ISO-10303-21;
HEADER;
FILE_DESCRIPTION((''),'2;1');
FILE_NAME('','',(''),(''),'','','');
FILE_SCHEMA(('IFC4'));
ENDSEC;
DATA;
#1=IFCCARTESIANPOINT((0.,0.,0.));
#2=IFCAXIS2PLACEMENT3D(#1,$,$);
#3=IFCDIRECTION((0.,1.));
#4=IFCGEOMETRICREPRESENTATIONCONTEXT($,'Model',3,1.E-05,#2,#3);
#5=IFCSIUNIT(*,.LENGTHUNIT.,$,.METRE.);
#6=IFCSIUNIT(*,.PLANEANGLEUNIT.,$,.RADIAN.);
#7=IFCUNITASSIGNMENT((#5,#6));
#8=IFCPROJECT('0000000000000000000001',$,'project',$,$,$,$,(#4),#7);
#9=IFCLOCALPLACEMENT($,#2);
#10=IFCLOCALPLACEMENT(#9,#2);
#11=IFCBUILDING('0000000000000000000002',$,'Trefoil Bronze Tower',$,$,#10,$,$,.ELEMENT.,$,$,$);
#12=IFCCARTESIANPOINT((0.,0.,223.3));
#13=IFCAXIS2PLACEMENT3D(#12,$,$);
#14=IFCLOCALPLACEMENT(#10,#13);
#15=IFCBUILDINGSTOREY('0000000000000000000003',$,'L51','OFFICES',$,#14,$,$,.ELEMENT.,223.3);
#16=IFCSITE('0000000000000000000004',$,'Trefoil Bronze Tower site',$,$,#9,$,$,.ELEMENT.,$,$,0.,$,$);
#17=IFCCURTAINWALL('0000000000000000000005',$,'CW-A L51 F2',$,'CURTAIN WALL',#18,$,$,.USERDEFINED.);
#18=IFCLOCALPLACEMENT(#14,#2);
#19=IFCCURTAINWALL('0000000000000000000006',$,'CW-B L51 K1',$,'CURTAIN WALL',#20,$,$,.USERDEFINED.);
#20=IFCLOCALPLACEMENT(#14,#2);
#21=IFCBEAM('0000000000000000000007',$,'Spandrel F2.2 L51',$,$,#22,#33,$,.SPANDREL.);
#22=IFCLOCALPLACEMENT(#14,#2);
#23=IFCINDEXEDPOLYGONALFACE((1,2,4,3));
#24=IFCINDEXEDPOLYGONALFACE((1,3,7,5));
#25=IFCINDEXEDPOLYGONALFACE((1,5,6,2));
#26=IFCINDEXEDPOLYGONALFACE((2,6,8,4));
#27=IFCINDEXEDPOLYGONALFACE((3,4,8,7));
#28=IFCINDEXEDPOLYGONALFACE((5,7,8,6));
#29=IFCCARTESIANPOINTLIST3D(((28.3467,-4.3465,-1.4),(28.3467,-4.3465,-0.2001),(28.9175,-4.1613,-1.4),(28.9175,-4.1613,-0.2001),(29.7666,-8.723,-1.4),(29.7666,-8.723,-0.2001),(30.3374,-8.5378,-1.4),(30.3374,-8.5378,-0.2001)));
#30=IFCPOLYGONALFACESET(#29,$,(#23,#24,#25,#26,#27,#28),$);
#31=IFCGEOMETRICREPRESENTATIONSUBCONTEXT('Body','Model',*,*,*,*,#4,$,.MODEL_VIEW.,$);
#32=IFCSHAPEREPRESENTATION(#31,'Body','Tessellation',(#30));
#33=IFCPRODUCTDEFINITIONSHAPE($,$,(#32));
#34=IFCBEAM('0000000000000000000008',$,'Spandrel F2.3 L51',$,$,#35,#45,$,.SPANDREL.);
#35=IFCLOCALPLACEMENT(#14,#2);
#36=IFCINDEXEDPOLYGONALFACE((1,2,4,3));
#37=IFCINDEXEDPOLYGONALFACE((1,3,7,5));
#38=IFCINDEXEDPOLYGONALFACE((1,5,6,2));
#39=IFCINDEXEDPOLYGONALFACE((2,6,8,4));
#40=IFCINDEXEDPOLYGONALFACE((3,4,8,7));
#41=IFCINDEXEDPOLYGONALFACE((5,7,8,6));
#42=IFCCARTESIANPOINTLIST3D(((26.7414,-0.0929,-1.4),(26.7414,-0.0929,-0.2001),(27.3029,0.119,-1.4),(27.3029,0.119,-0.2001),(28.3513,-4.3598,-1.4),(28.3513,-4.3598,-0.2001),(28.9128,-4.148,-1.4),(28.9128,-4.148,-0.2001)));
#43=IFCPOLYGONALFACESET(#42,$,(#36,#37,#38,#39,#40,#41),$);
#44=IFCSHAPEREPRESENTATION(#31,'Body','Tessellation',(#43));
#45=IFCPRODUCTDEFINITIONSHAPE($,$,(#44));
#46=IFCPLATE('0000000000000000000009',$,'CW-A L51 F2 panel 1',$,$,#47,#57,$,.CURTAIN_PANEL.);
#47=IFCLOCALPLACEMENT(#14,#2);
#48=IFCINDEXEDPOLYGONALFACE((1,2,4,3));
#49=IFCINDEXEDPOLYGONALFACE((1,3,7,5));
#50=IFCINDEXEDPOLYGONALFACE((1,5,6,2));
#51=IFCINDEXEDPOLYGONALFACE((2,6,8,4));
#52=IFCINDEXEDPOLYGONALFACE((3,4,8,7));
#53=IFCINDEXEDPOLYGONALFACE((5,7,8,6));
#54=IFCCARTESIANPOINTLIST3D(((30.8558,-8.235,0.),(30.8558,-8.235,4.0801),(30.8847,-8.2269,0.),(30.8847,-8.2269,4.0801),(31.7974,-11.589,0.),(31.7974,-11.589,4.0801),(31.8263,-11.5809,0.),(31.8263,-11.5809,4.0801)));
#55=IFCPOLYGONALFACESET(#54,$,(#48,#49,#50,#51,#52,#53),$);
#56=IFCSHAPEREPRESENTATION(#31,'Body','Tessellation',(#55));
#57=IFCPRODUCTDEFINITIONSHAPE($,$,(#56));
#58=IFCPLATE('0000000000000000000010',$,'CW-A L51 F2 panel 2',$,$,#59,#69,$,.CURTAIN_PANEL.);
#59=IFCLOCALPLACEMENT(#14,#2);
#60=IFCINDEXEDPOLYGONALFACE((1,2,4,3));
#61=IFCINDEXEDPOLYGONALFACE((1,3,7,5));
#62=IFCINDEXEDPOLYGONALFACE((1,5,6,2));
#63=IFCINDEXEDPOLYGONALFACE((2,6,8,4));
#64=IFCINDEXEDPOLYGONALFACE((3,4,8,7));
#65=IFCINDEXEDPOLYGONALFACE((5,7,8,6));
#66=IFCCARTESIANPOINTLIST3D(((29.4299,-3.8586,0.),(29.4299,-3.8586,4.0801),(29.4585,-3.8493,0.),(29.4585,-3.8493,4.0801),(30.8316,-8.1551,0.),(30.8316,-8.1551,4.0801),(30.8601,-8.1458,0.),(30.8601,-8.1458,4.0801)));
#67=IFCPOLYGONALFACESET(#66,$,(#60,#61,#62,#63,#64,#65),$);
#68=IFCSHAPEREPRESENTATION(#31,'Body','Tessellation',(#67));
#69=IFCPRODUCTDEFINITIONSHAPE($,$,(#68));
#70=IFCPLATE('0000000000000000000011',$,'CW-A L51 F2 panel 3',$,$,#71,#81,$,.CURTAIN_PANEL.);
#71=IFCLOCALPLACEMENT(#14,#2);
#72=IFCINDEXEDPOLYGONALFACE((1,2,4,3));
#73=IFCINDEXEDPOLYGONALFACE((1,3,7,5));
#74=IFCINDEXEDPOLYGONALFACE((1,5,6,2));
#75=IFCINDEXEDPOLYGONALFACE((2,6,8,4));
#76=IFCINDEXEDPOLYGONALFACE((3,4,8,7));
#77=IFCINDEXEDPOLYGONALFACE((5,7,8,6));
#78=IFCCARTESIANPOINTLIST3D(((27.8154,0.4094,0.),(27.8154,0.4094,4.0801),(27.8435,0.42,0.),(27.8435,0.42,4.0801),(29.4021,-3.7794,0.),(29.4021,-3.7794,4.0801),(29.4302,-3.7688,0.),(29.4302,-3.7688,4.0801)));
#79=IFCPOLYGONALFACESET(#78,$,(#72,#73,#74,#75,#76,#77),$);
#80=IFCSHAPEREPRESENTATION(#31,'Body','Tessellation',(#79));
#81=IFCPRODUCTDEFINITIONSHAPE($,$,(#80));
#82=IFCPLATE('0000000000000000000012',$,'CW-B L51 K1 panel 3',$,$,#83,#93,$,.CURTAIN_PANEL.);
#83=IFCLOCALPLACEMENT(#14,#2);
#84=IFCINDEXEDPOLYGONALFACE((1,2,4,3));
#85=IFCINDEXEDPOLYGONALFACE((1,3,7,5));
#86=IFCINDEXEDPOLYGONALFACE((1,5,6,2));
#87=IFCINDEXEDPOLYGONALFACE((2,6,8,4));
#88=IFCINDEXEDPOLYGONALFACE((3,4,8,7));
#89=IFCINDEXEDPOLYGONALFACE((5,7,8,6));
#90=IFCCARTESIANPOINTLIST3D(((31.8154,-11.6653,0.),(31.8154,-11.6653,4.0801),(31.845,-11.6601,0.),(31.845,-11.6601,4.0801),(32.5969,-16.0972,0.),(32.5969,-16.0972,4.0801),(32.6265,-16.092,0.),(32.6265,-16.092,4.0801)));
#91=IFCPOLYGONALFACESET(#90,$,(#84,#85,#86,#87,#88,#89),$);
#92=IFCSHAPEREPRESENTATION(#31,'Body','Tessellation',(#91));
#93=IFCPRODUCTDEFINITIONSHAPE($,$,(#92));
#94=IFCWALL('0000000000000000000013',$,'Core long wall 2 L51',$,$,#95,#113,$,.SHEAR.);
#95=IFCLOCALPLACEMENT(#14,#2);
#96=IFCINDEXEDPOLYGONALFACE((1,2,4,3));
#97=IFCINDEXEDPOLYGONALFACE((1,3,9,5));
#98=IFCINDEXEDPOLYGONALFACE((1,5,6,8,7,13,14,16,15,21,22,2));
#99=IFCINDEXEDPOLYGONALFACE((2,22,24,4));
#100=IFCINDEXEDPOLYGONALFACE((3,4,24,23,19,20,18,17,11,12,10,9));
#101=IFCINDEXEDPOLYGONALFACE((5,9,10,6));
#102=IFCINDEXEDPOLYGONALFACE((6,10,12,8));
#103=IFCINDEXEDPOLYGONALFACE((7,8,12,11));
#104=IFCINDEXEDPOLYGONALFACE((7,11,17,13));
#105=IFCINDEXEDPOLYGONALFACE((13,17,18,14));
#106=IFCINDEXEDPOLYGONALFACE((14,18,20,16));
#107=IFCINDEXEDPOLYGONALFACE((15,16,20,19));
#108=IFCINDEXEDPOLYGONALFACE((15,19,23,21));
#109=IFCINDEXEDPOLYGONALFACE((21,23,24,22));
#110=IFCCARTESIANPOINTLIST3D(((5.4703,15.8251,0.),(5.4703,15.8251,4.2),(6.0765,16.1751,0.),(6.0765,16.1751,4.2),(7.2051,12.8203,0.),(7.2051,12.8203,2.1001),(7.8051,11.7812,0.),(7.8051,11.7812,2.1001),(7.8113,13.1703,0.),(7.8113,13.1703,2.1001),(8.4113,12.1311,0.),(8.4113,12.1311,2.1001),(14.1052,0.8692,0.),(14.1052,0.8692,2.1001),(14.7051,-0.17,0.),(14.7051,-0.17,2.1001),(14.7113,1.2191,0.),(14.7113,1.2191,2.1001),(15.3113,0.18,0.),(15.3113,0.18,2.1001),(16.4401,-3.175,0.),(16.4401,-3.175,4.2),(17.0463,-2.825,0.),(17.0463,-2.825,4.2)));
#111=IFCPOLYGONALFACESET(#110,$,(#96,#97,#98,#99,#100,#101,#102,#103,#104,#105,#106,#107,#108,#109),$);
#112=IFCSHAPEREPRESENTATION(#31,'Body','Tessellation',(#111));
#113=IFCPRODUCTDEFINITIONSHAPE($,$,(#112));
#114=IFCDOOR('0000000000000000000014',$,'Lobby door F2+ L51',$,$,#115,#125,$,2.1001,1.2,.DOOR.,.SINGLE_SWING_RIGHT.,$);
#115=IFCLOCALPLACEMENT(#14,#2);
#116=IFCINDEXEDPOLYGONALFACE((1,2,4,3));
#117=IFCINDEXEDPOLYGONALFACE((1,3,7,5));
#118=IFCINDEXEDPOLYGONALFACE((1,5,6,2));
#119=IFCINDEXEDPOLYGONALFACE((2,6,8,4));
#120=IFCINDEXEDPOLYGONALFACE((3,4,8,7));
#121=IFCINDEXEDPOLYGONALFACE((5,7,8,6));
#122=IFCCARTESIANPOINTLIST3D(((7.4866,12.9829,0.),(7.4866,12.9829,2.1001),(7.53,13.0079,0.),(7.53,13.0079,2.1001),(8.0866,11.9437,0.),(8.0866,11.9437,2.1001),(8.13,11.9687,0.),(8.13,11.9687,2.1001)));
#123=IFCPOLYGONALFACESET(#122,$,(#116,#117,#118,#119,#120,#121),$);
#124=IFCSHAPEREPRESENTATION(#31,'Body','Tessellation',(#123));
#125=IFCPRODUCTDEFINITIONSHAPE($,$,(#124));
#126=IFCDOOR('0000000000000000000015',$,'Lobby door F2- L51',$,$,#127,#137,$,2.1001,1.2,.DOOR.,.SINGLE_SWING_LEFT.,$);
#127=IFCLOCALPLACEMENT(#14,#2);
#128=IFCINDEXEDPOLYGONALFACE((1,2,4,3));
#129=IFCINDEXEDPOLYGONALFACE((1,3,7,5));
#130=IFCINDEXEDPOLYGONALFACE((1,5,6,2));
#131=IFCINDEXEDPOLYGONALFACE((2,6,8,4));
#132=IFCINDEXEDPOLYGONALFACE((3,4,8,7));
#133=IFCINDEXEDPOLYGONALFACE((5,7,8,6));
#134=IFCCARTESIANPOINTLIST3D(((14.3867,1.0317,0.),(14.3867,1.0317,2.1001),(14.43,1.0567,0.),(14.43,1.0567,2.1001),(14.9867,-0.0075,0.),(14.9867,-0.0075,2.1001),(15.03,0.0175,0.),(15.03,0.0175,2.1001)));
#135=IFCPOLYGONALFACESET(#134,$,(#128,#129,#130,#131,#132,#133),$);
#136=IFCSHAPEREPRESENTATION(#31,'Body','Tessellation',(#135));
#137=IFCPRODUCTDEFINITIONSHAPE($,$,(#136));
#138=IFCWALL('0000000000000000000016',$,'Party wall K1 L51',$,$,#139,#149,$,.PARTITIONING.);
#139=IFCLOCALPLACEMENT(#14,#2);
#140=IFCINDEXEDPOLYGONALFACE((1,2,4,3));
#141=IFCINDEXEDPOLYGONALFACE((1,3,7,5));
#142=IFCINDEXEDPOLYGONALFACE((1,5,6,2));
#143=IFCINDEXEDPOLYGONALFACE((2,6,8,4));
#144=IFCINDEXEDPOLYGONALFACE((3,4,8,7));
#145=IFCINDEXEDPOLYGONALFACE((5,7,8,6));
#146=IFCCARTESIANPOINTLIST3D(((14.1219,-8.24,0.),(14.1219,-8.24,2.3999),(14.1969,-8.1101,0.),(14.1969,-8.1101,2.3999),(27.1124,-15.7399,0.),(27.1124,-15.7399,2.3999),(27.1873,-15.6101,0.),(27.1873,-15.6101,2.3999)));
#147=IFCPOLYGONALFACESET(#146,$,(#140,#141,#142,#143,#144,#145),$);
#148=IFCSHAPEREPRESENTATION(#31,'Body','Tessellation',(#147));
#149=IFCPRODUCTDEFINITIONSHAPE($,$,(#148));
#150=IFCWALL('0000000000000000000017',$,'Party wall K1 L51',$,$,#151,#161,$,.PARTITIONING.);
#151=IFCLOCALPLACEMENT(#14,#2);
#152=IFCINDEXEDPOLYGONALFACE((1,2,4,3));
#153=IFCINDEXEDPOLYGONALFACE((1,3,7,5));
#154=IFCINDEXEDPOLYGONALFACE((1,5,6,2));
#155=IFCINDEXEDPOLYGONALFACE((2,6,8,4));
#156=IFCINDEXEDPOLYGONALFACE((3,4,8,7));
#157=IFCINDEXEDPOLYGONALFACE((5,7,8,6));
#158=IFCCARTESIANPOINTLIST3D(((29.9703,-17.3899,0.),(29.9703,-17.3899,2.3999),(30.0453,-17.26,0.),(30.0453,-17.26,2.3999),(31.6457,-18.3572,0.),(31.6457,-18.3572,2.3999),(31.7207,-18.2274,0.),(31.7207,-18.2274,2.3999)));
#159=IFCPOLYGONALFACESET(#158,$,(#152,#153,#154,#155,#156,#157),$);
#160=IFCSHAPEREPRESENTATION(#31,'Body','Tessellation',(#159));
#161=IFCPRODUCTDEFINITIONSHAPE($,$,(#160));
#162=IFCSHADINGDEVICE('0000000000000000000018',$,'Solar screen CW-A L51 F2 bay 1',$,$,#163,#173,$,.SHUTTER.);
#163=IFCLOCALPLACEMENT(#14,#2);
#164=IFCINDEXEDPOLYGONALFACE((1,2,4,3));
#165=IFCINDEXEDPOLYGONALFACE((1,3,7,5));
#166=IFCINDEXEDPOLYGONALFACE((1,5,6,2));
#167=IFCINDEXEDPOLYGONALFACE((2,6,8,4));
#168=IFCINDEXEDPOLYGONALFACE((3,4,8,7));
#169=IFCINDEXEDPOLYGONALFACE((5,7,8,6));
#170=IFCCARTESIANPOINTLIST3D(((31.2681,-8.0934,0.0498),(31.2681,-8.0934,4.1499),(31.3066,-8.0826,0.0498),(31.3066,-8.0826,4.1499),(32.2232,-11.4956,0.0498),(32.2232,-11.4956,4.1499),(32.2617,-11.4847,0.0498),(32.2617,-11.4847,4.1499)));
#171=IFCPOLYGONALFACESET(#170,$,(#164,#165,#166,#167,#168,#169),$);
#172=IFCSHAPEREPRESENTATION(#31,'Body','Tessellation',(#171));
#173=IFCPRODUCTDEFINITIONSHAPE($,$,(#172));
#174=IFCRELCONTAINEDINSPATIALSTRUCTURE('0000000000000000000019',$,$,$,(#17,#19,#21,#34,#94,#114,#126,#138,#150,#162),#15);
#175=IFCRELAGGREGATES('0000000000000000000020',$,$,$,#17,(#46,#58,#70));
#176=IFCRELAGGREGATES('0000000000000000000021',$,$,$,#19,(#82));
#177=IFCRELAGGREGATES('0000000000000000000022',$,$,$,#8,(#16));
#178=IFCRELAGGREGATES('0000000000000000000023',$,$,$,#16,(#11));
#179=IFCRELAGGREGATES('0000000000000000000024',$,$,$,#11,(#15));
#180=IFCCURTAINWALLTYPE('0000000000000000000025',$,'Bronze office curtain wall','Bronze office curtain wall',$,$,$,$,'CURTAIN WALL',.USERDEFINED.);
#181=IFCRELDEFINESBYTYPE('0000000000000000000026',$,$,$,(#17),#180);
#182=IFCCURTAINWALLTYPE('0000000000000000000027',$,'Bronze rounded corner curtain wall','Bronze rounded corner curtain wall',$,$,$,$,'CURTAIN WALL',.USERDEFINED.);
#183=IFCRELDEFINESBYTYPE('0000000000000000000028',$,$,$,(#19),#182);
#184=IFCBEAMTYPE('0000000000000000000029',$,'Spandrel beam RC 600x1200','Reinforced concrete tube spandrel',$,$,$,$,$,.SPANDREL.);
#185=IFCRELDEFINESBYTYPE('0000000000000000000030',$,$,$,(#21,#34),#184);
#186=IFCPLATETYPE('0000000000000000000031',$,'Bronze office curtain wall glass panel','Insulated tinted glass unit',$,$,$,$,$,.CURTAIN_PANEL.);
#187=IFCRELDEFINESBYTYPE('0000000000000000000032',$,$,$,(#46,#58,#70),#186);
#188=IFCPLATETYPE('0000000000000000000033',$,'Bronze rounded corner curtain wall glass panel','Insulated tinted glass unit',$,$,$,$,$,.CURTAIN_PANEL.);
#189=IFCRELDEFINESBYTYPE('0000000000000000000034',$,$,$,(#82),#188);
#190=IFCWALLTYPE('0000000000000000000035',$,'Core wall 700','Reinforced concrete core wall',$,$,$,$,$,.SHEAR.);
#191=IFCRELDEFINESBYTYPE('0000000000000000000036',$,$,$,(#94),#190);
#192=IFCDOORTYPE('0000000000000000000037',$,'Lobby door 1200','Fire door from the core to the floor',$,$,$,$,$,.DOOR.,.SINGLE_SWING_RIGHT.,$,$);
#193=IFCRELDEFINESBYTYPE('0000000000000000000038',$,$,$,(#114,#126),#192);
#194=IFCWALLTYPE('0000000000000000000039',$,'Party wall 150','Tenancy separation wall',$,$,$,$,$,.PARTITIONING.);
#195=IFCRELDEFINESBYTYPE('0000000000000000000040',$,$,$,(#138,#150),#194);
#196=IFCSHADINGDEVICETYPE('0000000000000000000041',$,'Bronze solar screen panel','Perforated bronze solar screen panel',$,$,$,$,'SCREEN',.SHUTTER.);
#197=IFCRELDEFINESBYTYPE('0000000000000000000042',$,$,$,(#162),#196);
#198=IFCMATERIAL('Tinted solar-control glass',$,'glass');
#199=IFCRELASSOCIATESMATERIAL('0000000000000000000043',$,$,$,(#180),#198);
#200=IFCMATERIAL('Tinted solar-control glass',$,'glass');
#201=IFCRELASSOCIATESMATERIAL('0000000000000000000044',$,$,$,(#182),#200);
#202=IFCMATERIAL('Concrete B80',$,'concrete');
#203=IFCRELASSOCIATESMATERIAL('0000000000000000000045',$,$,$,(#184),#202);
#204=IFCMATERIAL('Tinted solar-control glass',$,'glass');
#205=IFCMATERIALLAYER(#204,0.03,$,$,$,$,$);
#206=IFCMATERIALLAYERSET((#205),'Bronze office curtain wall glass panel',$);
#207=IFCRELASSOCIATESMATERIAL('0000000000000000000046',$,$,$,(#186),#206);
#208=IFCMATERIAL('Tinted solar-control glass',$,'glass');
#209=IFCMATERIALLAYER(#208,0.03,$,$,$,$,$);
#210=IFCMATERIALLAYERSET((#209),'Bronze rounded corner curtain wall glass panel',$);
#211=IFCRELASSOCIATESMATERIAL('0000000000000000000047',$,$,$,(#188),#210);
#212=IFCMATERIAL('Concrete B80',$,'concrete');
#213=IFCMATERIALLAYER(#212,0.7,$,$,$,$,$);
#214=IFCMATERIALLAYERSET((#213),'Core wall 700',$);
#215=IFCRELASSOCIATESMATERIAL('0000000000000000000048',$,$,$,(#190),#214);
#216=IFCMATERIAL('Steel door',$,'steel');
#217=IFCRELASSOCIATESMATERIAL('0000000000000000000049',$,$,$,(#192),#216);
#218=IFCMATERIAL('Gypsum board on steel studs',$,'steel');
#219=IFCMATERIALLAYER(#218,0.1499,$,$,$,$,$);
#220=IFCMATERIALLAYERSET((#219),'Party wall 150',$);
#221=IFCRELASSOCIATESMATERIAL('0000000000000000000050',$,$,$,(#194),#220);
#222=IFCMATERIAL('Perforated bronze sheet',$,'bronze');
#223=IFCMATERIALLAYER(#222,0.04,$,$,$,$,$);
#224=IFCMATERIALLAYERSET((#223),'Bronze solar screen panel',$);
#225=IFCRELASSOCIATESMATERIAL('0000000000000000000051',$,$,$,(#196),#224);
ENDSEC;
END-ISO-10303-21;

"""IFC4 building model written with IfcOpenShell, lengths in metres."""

from ifc_helpers import new_model, si_unit, direction, frame, frame_2d, origin, origin_2d, place, context, subcontext, project, spatial, rectangle, extrude, material, layer, layer_set, material_profile, profile_set, type_object, element, fill, aggregate, save


model = new_model("IFC4")

# Units and contexts
model_context = context("Model", 3, precision=1e-05, world=origin(), true_north=direction((0.0, 1.0)))
body_context = subcontext(model_context, "Body", "Model", "MODEL_VIEW")
ifc_project = project(units=[si_unit("LENGTHUNIT", "METRE"), si_unit("PLANEANGLEUNIT", "RADIAN")], contexts=[model_context])

# Site, building, storey
site_placement = place(None, origin())
site = spatial("IfcSite", under=ifc_project, at=site_placement, Name="Trefoil Bronze Tower site", CompositionType="ELEMENT", RefElevation=0.0)
building_placement = place(site_placement, origin())
building = spatial("IfcBuilding", under=site, at=building_placement, Name="Trefoil Bronze Tower", CompositionType="ELEMENT")
storey_placement = place(building_placement, frame((0.0, 0.0, 223.3)))
storey = spatial("IfcBuildingStorey", under=building, at=storey_placement, Name="L51", Description="OFFICES", CompositionType="ELEMENT", Elevation=223.3)

# Curtain walls
ifc_material_1 = material(Name="Tinted solar-control glass", Category="glass")
curtain_wall_type_1 = type_object("IfcCurtainWallType", Name="Bronze office curtain wall", Description="Bronze office curtain wall", ElementType="CURTAIN WALL", PredefinedType="USERDEFINED", material=ifc_material_1)
curtain_wall_1_placement = place(storey_placement, origin())
curtain_wall_1 = element("IfcCurtainWall", 1, at=curtain_wall_1_placement, inside=storey, type_object=curtain_wall_type_1, Name="CW-A L51 F2", ObjectType="CURTAIN WALL", PredefinedType="USERDEFINED")
ifc_material_2 = material(Name="Tinted solar-control glass", Category="glass")
curtain_wall_type_2 = type_object("IfcCurtainWallType", Name="Bronze rounded corner curtain wall", Description="Bronze rounded corner curtain wall", ElementType="CURTAIN WALL", PredefinedType="USERDEFINED", material=ifc_material_2)
curtain_wall_2_placement = place(storey_placement, origin())
curtain_wall_2 = element("IfcCurtainWall", 2, at=curtain_wall_2_placement, inside=storey, type_object=curtain_wall_type_2, Name="CW-B L51 K1", ObjectType="CURTAIN WALL", PredefinedType="USERDEFINED")

# Beams
ifc_material_3 = material(Name="Concrete B80", Category="concrete")
ifc_material_profile_1 = material_profile(ifc_material_3, rectangle(XDim=0.6001, YDim=1.2, at=origin_2d()), Name="RC 600x1200")
ifc_profile_set_1 = profile_set([ifc_material_profile_1], Name="Concrete B80")
beam_type_1 = type_object("IfcBeamType", Name="Spandrel beam RC 600x1200", Description="Reinforced concrete tube spandrel", PredefinedType="SPANDREL", material=ifc_profile_set_1)
beam_1_placement = place(storey_placement, frame((30.052, -8.6304, -0.8), z_axis=(-0.308609, 0.951189, 0.0), x_axis=(-0.951189, -0.308609, 0.0)))
element("IfcBeam", 3, at=beam_1_placement, inside=storey, type_object=beam_type_1, Name="Spandrel F2.2 L51", PredefinedType="SPANDREL", context=body_context, shape_type="SweptSolid", body=[
    extrude(rectangle(XDim=0.6001, YDim=1.2, at=origin_2d()), origin(), (0.0, 0.0, 1.0), 4.6011),
])
beam_2_placement = place(storey_placement, frame((28.6321, -4.2539, -0.8), z_axis=(-0.353006, 0.935621, 0.0), x_axis=(-0.935621, -0.353006, 0.0)))
element("IfcBeam", 4, at=beam_2_placement, inside=storey, type_object=beam_type_1, Name="Spandrel F2.3 L51", PredefinedType="SPANDREL", context=body_context, shape_type="SweptSolid", body=[
    extrude(rectangle(XDim=0.6001, YDim=1.2, at=origin_2d()), origin(), (0.0, 0.0, 1.0), 4.5605),
])

# Plates
ifc_material_4 = material(Name="Tinted solar-control glass", Category="glass")
ifc_layer_1 = layer(ifc_material_4, 0.03)
ifc_layer_set_1 = layer_set([ifc_layer_1], Name="Bronze office curtain wall glass panel")
plate_type_1 = type_object("IfcPlateType", Name="Bronze office curtain wall glass panel", Description="Insulated tinted glass unit", PredefinedType="CURTAIN_PANEL", material=ifc_layer_set_1)
plate_1_placement = place(storey_placement, frame((31.3411, -9.908, 0.0), z_axis=(0.0, 0.0, 1.0), x_axis=(-0.270282, 0.962781, 0.0)))
plate_1 = element("IfcPlate", 5, at=plate_1_placement, type_object=plate_type_1, Name="CW-A L51 F2 panel 1", PredefinedType="CURTAIN_PANEL", context=body_context, shape_type="SweptSolid", body=[
    extrude(rectangle(XDim=3.4836, YDim=0.03, at=origin_2d()), origin(), (0.0, 0.0, 1.0), 4.0801),
])
plate_2_placement = place(storey_placement, frame((30.145, -6.0022, 0.0), z_axis=(0.0, 0.0, 1.0), x_axis=(-0.310149, 0.950688, 0.0)))
plate_2 = element("IfcPlate", 6, at=plate_2_placement, type_object=plate_type_1, Name="CW-A L51 F2 panel 2", PredefinedType="CURTAIN_PANEL", context=body_context, shape_type="SweptSolid", body=[
    extrude(rectangle(XDim=4.5193, YDim=0.03, at=origin_2d()), origin(), (0.0, 0.0, 1.0), 4.0801),
])
plate_3_placement = place(storey_placement, frame((28.6228, -1.6797, 0.0), z_axis=(0.0, 0.0, 1.0), x_axis=(-0.354234, 0.935157, 0.0)))
plate_3 = element("IfcPlate", 7, at=plate_3_placement, type_object=plate_type_1, Name="CW-A L51 F2 panel 3", PredefinedType="CURTAIN_PANEL", context=body_context, shape_type="SweptSolid", body=[
    extrude(rectangle(XDim=4.4792, YDim=0.03, at=origin_2d()), origin(), (0.0, 0.0, 1.0), 4.0801),
])
aggregate(curtain_wall_1, [plate_1, plate_2, plate_3])
ifc_material_5 = material(Name="Tinted solar-control glass", Category="glass")
ifc_layer_2 = layer(ifc_material_5, 0.03)
ifc_layer_set_2 = layer_set([ifc_layer_2], Name="Bronze rounded corner curtain wall glass panel")
plate_type_2 = type_object("IfcPlateType", Name="Bronze rounded corner curtain wall glass panel", Description="Insulated tinted glass unit", PredefinedType="CURTAIN_PANEL", material=ifc_layer_set_2)
plate_4_placement = place(storey_placement, frame((32.2209, -13.8787, 0.0), z_axis=(0.0, 0.0, 1.0), x_axis=(-0.173648, 0.984808, 0.0)))
plate_4 = element("IfcPlate", 8, at=plate_4_placement, type_object=plate_type_2, Name="CW-B L51 K1 panel 3", PredefinedType="CURTAIN_PANEL", context=body_context, shape_type="SweptSolid", body=[
    extrude(rectangle(XDim=4.5002, YDim=0.03, at=origin_2d()), origin(), (0.0, 0.0, 1.0), 4.0801),
])
aggregate(curtain_wall_2, [plate_4])

# Wall, openings, doors
ifc_material_6 = material(Name="Concrete B80", Category="concrete")
ifc_layer_3 = layer(ifc_material_6, 0.7)
ifc_layer_set_3 = layer_set([ifc_layer_3], Name="Core wall 700")
wall_type_1 = type_object("IfcWallType", Name="Core wall 700", Description="Reinforced concrete core wall", PredefinedType="SHEAR", material=ifc_layer_set_3)
wall_1_placement = place(storey_placement, frame((16.7432, -3.0, 0.0), z_axis=(0.0, 0.0, 1.0), x_axis=(-0.500002, 0.866024, 0.0)))
wall_1 = element("IfcWall", 9, at=wall_1_placement, inside=storey, type_object=wall_type_1, Name="Core long wall 2 L51", PredefinedType="SHEAR", context=body_context, shape_type="SweptSolid", body=[
    extrude(rectangle(XDim=21.9395, YDim=0.7, at=frame_2d((10.9697, 0.0))), origin(), (0.0, 0.0, 1.0), 4.2),
])
opening_1_placement = place(wall_1_placement, frame((17.2698, 0.0, 0.0)))
opening_1 = element("IfcOpeningElement", 10, at=opening_1_placement, cuts=wall_1, PredefinedType="OPENING", context=body_context, shape_type="SweptSolid", body=[
    extrude(rectangle(XDim=1.2, YDim=2.1001, at=frame_2d((0.6001, 1.05))), frame((0.0, 0.3599, 0.0), z_axis=(0.0, -1.0, 0.0), x_axis=(1.0, 0.0, 0.0)), (0.0, 0.0, 1.0), 0.72),
])
opening_2_placement = place(wall_1_placement, frame((3.4697, 0.0, 0.0)))
opening_2 = element("IfcOpeningElement", 11, at=opening_2_placement, cuts=wall_1, PredefinedType="OPENING", context=body_context, shape_type="SweptSolid", body=[
    extrude(rectangle(XDim=1.2, YDim=2.1001, at=frame_2d((0.6001, 1.05))), frame((0.0, 0.3599, 0.0), z_axis=(0.0, -1.0, 0.0), x_axis=(1.0, 0.0, 0.0)), (0.0, 0.0, 1.0), 0.72),
])
ifc_material_7 = material(Name="Steel door", Category="steel")
door_type = type_object("IfcDoorType", Name="Lobby door 1200", Description="Fire door from the core to the floor", OperationType="SINGLE_SWING_RIGHT", PredefinedType="DOOR", material=ifc_material_7)
door_1_placement = place(opening_1_placement, origin())
door_1 = element("IfcDoor", 12, at=door_1_placement, inside=storey, type_object=door_type, Name="Lobby door F2+ L51", OperationType="SINGLE_SWING_RIGHT", OverallHeight=2.1001, OverallWidth=1.2, PredefinedType="DOOR", context=body_context, shape_type="SweptSolid", body=[
    extrude(rectangle(XDim=1.2, YDim=2.1001, at=frame_2d((0.6001, 1.05))), frame((0.0, 0.0249, 0.0), z_axis=(0.0, -1.0, 0.0), x_axis=(1.0, 0.0, 0.0)), (0.0, 0.0, 1.0), 0.05),
])
fill(opening_1, door_1)
door_2_placement = place(opening_2_placement, origin())
door_2 = element("IfcDoor", 13, at=door_2_placement, inside=storey, type_object=door_type, Name="Lobby door F2- L51", OperationType="SINGLE_SWING_LEFT", OverallHeight=2.1001, OverallWidth=1.2, PredefinedType="DOOR", context=body_context, shape_type="SweptSolid", body=[
    extrude(rectangle(XDim=1.2, YDim=2.1001, at=frame_2d((0.6001, 1.05))), frame((0.0, 0.0249, 0.0), z_axis=(0.0, -1.0, 0.0), x_axis=(1.0, 0.0, 0.0)), (0.0, 0.0, 1.0), 0.05),
])
fill(opening_2, door_2)

# Walls
ifc_material_8 = material(Name="Gypsum board on steel studs", Category="steel")
ifc_layer_4 = layer(ifc_material_8, 0.1499)
ifc_layer_set_4 = layer_set([ifc_layer_4], Name="Party wall 150")
wall_type_2 = type_object("IfcWallType", Name="Party wall 150", Description="Tenancy separation wall", PredefinedType="PARTITIONING", material=ifc_layer_set_4)
wall_2_placement = place(storey_placement, frame((14.1594, -8.175, 0.0), z_axis=(0.0, 0.0, 1.0), x_axis=(0.866027, -0.499997, 0.0)))
element("IfcWall", 14, at=wall_2_placement, inside=storey, type_object=wall_type_2, Name="Party wall K1 L51", PredefinedType="PARTITIONING", context=body_context, shape_type="SweptSolid", body=[
    extrude(rectangle(XDim=15.0, YDim=0.1499, at=frame_2d((7.5, 0.0))), origin(), (0.0, 0.0, 1.0), 2.3999),
])
wall_3_placement = place(storey_placement, frame((30.0078, -17.325, 0.0), z_axis=(0.0, 0.0, 1.0), x_axis=(0.866013, -0.500021, 0.0)))
element("IfcWall", 15, at=wall_3_placement, inside=storey, type_object=wall_type_2, Name="Party wall K1 L51", PredefinedType="PARTITIONING", context=body_context, shape_type="SweptSolid", body=[
    extrude(rectangle(XDim=1.9346, YDim=0.1499, at=frame_2d((0.9673, 0.0))), origin(), (0.0, 0.0, 1.0), 2.3999),
])

# Shading device
ifc_material_9 = material(Name="Perforated bronze sheet", Category="bronze")
ifc_layer_5 = layer(ifc_material_9, 0.04)
ifc_layer_set_5 = layer_set([ifc_layer_5], Name="Bronze solar screen panel")
shading_device_type = type_object("IfcShadingDeviceType", Name="Bronze solar screen panel", Description="Perforated bronze solar screen panel", ElementType="SCREEN", PredefinedType="SHUTTER", material=ifc_layer_set_5)
shading_device_1_placement = place(storey_placement, frame((31.7649, -9.7891, 0.0498), z_axis=(0.0, 0.0, 1.0), x_axis=(-0.270282, 0.962781, 0.0)))
element("IfcShadingDevice", 16, at=shading_device_1_placement, inside=storey, type_object=shading_device_type, Name="Solar screen CW-A L51 F2 bay 1", PredefinedType="SHUTTER", context=body_context, shape_type="SweptSolid", body=[
    extrude(rectangle(XDim=3.5337, YDim=0.04, at=origin_2d()), origin(), (0.0, 0.0, 1.0), 4.1001),
])

save(model, "model.ifc")
